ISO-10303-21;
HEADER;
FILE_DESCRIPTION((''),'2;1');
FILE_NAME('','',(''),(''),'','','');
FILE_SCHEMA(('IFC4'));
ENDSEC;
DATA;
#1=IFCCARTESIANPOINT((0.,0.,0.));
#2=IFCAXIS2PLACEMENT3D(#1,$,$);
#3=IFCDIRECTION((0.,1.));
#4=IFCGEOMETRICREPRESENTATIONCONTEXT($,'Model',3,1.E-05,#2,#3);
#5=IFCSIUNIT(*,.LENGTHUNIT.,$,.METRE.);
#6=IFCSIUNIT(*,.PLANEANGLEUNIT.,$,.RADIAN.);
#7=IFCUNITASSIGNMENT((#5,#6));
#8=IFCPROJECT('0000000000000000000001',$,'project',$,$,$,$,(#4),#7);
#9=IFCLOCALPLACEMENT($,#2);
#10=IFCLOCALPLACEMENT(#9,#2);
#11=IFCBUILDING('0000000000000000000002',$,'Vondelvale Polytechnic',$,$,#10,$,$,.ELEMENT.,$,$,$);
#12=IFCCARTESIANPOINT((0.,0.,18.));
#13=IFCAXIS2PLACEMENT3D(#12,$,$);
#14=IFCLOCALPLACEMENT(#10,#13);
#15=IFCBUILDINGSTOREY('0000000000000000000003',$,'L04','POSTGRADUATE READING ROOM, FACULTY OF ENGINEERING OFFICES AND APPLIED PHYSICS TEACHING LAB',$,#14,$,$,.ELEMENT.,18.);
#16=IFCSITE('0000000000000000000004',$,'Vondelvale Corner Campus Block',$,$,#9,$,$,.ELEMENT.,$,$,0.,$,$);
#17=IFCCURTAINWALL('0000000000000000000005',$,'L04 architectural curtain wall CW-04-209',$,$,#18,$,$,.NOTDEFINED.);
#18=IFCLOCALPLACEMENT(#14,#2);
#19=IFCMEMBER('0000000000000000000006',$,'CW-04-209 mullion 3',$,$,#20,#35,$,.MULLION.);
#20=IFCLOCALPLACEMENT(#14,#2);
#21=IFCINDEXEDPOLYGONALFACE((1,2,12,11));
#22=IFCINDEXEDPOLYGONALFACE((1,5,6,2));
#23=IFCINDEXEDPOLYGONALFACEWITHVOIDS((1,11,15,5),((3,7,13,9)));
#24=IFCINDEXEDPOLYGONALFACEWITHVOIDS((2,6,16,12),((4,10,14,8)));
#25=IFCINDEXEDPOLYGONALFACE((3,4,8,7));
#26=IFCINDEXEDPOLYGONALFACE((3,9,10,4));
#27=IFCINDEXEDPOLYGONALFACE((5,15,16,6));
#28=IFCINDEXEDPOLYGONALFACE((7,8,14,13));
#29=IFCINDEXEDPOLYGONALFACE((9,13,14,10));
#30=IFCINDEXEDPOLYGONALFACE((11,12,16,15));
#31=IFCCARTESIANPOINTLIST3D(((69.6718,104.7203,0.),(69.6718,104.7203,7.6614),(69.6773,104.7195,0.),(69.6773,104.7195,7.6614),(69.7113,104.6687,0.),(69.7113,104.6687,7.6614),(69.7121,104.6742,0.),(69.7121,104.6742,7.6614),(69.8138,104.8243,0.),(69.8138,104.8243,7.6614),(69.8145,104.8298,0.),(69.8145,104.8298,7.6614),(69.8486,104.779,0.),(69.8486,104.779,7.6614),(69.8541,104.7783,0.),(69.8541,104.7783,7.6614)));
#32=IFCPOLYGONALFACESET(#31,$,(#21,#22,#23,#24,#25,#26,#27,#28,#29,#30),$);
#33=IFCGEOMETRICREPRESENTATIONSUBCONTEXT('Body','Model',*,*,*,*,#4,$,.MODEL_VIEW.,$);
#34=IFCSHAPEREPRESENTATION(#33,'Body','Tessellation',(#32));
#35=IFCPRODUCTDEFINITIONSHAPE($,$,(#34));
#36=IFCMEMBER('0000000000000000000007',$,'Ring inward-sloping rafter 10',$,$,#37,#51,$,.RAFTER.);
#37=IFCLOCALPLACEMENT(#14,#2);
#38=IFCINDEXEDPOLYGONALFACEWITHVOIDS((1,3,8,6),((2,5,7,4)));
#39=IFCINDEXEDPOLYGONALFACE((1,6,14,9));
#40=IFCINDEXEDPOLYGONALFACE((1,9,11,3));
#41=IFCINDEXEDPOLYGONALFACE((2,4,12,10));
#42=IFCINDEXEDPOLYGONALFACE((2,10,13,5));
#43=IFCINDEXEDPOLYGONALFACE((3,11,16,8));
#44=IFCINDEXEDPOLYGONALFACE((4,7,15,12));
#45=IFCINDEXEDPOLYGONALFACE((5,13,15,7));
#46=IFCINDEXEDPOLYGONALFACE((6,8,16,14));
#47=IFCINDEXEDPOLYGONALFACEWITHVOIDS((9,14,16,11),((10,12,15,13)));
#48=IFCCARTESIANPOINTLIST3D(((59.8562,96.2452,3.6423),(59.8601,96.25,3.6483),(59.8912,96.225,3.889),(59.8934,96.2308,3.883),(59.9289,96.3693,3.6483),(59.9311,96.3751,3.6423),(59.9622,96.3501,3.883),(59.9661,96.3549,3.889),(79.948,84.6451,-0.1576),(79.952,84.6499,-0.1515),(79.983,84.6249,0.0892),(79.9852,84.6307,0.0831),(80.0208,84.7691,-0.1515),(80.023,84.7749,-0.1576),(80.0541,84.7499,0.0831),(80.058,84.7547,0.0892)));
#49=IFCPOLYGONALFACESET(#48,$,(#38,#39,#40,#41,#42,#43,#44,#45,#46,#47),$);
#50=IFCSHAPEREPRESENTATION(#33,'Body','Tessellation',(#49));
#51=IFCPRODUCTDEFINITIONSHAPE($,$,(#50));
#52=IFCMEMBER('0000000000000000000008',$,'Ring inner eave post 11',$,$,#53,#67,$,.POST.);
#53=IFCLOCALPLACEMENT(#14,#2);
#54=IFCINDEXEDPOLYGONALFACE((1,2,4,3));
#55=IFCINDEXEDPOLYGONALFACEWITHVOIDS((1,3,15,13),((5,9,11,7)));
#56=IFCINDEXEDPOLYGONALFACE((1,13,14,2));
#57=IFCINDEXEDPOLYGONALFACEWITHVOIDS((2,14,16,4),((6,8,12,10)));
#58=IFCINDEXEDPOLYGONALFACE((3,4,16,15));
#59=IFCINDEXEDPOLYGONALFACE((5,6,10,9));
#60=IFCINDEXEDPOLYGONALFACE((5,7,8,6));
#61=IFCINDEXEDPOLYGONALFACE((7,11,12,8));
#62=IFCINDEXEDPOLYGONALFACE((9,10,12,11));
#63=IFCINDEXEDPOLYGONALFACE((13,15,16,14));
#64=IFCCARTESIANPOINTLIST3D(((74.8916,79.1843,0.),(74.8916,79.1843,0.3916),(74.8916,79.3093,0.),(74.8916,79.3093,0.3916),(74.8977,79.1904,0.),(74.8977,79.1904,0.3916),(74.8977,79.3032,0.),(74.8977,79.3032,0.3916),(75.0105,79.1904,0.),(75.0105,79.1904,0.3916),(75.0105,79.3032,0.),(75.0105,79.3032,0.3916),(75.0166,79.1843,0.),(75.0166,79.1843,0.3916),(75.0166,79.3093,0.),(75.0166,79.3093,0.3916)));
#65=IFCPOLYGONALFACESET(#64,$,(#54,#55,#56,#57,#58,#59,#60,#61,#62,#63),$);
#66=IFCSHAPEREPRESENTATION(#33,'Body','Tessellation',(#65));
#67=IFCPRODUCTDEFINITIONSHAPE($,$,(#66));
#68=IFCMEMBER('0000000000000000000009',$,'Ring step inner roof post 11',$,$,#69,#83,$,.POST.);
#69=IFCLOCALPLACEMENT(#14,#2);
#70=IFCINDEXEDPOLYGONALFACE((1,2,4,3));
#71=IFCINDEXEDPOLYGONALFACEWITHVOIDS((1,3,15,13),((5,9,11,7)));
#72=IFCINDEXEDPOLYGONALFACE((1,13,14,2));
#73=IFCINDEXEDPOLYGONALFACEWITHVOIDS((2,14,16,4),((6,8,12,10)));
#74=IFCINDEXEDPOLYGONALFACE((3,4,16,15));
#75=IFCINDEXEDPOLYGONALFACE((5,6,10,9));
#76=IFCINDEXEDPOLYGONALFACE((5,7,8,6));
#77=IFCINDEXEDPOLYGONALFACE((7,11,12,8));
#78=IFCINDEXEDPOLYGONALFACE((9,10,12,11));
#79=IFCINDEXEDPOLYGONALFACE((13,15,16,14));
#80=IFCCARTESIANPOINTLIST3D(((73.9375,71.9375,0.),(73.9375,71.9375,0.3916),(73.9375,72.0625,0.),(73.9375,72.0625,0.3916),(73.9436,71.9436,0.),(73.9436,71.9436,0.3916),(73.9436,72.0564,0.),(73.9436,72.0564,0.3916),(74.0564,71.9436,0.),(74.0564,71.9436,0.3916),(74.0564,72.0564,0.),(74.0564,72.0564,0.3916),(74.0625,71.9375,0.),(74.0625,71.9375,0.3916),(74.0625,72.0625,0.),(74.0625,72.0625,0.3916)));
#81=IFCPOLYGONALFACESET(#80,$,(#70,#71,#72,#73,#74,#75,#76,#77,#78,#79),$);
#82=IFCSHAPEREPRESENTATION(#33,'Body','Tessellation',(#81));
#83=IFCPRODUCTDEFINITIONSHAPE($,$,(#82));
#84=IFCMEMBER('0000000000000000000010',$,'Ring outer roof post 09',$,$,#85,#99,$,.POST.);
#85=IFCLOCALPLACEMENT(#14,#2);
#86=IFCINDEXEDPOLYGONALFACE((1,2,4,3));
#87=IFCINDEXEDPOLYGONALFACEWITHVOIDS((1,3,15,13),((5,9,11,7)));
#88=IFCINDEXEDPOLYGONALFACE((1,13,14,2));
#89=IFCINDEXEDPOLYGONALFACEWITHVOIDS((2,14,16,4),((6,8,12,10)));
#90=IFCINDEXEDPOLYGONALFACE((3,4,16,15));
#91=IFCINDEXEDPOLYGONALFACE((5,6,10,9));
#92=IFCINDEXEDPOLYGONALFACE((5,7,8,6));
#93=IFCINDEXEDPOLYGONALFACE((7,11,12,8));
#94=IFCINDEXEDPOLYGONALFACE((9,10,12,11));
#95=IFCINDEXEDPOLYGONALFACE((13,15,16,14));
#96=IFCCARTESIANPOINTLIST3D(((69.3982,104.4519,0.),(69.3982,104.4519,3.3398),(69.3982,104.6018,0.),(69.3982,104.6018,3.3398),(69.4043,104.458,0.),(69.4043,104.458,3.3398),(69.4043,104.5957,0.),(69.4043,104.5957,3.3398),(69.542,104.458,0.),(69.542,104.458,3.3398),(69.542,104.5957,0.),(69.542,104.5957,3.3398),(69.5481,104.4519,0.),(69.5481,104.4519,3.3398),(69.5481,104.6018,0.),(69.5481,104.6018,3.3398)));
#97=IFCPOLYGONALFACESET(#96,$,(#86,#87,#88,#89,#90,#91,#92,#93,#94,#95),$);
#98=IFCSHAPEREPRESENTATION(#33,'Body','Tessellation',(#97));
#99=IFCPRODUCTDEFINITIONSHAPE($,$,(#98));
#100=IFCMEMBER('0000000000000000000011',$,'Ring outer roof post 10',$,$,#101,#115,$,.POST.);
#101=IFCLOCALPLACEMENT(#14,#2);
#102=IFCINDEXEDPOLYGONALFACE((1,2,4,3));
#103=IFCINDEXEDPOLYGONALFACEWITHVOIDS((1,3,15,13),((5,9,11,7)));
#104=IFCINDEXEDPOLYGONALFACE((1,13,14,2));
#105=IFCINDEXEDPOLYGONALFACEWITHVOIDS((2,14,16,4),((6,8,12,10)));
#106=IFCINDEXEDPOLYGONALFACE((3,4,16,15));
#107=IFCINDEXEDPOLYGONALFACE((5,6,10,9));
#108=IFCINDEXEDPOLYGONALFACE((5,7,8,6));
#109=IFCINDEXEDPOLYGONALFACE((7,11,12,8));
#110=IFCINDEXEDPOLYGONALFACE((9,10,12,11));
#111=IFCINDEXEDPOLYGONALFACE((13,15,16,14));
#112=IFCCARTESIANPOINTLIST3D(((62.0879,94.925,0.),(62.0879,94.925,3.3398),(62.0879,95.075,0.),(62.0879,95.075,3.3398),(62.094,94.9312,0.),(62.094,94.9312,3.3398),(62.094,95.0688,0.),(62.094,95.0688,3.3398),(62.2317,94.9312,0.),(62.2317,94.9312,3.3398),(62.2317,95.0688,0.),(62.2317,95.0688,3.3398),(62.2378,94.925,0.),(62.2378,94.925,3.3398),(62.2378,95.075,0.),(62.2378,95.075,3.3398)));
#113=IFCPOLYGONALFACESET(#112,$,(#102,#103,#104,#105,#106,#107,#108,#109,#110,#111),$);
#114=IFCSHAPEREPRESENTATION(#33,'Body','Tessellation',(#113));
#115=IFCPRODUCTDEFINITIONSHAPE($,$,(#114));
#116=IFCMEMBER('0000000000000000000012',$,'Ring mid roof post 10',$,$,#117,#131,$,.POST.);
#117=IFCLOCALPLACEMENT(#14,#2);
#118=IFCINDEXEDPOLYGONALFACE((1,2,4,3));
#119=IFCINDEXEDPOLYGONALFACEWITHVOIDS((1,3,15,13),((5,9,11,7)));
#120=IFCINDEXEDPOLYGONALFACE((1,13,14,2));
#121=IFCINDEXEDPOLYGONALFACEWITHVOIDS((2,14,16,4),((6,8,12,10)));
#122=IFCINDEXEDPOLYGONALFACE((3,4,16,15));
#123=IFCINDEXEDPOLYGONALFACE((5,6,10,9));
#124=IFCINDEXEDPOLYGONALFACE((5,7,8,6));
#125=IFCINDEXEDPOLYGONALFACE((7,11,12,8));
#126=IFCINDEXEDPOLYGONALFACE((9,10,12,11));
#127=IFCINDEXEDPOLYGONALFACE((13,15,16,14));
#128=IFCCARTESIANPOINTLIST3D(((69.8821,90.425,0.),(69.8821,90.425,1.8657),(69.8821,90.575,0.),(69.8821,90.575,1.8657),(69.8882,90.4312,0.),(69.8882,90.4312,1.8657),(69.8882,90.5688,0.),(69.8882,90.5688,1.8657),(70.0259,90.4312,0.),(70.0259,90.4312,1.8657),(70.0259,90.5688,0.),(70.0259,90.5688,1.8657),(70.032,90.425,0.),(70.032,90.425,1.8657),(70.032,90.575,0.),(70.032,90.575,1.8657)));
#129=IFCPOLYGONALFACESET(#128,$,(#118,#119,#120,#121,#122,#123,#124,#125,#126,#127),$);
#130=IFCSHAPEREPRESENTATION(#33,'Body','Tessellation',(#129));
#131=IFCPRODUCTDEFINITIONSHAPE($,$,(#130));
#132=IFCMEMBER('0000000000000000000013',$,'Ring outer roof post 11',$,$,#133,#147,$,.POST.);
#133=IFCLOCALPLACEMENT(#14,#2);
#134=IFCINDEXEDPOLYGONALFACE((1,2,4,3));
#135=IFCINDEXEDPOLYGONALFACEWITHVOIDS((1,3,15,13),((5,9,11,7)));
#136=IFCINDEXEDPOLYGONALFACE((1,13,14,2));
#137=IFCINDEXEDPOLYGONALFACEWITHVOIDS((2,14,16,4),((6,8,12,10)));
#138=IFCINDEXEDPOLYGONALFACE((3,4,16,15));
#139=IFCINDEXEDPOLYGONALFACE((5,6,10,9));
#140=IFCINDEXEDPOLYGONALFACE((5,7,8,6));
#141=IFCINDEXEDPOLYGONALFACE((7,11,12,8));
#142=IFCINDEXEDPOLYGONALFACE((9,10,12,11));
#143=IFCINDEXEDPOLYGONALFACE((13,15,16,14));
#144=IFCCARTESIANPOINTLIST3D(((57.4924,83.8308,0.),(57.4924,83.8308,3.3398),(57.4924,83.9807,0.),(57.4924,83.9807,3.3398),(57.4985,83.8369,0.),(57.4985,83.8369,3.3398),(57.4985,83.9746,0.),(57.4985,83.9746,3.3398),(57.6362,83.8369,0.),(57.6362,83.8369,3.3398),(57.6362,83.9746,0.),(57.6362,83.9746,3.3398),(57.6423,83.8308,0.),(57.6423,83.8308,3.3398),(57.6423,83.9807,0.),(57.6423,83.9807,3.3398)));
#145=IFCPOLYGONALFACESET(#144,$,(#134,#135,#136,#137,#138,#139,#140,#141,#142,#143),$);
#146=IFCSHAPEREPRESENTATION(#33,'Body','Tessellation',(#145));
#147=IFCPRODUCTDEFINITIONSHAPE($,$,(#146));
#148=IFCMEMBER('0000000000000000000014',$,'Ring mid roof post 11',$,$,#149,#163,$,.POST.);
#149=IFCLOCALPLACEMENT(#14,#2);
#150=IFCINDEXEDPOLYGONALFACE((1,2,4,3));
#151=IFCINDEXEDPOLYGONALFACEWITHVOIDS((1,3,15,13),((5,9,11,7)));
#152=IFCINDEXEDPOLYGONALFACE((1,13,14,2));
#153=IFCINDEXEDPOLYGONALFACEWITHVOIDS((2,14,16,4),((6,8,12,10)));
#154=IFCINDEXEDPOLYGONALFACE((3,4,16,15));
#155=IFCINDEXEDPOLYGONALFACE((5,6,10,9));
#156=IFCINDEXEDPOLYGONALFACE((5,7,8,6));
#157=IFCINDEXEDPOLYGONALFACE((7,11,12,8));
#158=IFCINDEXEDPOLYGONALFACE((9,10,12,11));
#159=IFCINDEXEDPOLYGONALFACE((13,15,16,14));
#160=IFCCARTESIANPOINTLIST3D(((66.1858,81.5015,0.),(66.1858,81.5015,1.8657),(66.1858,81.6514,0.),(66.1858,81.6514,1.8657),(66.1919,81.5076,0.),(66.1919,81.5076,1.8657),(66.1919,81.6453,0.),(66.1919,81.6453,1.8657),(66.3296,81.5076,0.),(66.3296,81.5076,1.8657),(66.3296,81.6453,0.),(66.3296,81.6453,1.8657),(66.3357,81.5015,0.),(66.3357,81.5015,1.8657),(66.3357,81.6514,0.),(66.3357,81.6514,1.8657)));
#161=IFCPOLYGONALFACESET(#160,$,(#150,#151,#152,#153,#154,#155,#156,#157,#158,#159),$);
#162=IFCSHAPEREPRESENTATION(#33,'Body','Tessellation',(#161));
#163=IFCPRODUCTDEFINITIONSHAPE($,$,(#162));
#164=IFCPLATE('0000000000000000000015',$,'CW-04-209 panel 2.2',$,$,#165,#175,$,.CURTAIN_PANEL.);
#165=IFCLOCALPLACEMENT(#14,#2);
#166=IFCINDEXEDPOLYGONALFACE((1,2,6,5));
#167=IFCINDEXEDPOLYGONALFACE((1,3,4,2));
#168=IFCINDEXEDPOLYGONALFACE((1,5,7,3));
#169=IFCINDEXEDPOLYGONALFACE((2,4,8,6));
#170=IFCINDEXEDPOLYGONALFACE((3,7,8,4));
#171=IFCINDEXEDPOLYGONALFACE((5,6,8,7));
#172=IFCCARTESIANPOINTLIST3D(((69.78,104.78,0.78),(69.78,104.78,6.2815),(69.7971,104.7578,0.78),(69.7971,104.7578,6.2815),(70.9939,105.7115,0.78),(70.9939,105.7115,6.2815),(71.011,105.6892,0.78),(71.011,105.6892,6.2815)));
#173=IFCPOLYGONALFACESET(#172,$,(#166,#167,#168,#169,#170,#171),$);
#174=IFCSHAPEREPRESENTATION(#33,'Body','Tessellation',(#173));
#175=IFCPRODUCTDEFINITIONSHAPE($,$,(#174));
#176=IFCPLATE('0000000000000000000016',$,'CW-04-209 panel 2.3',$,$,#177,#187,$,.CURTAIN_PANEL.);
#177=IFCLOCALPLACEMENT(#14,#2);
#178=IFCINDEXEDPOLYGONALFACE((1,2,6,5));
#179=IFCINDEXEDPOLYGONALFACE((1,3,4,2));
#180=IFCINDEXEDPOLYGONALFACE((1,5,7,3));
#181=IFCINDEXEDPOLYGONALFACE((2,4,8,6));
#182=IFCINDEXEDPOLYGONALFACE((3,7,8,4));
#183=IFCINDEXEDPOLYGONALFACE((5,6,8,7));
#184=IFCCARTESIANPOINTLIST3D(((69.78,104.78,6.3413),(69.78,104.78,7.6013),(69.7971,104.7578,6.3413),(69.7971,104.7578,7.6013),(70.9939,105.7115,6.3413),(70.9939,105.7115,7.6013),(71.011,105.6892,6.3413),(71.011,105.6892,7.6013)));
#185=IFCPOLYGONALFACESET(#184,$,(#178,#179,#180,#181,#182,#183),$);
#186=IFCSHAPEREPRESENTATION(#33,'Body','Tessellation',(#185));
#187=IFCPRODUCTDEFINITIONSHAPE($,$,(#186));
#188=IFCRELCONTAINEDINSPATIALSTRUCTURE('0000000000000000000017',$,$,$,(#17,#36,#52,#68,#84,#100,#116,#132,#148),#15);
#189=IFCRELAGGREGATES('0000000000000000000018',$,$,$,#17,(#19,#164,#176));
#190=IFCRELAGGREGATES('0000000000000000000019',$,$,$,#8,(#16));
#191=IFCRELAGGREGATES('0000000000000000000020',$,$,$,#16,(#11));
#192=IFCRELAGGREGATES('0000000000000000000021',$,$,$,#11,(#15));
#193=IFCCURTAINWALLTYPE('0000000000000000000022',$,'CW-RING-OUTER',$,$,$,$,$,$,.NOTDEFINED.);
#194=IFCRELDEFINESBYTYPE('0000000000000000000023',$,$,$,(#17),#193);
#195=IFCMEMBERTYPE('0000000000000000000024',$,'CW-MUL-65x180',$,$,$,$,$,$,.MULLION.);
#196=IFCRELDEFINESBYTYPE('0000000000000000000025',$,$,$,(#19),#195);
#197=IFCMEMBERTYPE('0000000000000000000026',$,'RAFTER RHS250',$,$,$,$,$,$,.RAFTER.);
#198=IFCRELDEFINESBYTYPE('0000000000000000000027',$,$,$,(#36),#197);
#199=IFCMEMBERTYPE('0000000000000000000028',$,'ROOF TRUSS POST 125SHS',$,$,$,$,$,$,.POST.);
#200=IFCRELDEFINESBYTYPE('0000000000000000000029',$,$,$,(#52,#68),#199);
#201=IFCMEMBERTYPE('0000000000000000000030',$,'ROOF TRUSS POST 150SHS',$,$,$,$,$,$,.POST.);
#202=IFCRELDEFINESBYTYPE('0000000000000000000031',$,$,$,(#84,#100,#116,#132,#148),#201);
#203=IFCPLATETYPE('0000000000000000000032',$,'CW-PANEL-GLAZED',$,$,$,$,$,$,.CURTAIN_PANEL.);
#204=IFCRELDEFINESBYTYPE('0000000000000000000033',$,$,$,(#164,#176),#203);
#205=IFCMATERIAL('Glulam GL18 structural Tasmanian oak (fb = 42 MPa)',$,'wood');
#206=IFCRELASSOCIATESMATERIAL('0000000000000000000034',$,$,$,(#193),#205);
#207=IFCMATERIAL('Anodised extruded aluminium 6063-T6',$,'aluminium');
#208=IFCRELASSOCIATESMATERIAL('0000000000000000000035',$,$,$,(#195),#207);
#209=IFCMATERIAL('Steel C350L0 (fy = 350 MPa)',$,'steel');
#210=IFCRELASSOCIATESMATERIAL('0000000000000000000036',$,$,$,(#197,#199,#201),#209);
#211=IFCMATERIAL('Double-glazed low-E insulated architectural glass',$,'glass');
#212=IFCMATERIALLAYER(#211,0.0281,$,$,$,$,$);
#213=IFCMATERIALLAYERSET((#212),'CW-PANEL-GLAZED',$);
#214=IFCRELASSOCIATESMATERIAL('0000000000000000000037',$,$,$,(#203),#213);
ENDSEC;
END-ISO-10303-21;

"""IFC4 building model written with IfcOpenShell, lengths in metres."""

from ifc_helpers import new_model, si_unit, direction, frame, origin, origin_2d, place, context, subcontext, project, spatial, rectangle, hollow_rectangle, extrude, material, layer, layer_set, material_profile, profile_set, type_object, element, aggregate, save


model = new_model("IFC4")

# Units and contexts
model_context = context("Model", 3, precision=1e-05, world=origin(), true_north=direction((0.0, 1.0)))
body_context = subcontext(model_context, "Body", "Model", "MODEL_VIEW")
ifc_project = project(units=[si_unit("LENGTHUNIT", "METRE"), si_unit("PLANEANGLEUNIT", "RADIAN")], contexts=[model_context])

# Site, building, storey
site_placement = place(None, origin())
site = spatial("IfcSite", under=ifc_project, at=site_placement, Name="Vondelvale Corner Campus Block", CompositionType="ELEMENT", RefElevation=0.0)
building_placement = place(site_placement, origin())
building = spatial("IfcBuilding", under=site, at=building_placement, Name="Vondelvale Polytechnic", CompositionType="ELEMENT")
storey_placement = place(building_placement, frame((0.0, 0.0, 18.0)))
storey = spatial("IfcBuildingStorey", under=building, at=storey_placement, Name="L04", Description="POSTGRADUATE READING ROOM, FACULTY OF ENGINEERING OFFICES AND APPLIED PHYSICS TEACHING LAB", CompositionType="ELEMENT", Elevation=18.0)

# Curtain wall, member
ifc_material_1 = material(Name="Glulam GL18 structural Tasmanian oak (fb = 42 MPa)", Category="wood")
curtain_wall_type = type_object("IfcCurtainWallType", Name="CW-RING-OUTER", PredefinedType="NOTDEFINED", material=ifc_material_1)
curtain_wall_placement = place(storey_placement, origin())
curtain_wall = element("IfcCurtainWall", 1, at=curtain_wall_placement, inside=storey, type_object=curtain_wall_type, Name="L04 architectural curtain wall CW-04-209", PredefinedType="NOTDEFINED")
ifc_material_2 = material(Name="Anodised extruded aluminium 6063-T6", Category="aluminium")
ifc_material_profile_1 = material_profile(ifc_material_2, hollow_rectangle(XDim=0.0649, YDim=0.1799, WallThickness=0.0039, at=origin_2d()), Name="CW-MUL-180x65")
ifc_profile_set_1 = profile_set([ifc_material_profile_1], Name="Anodised extruded aluminium 6063-T6")
member_type_1 = type_object("IfcMemberType", Name="CW-MUL-65x180", PredefinedType="MULLION", material=ifc_profile_set_1)
member_1_placement = place(storey_placement, frame((69.7629, 104.7493, 0.0), z_axis=(0.0, 0.0, 1.0), x_axis=(0.608787, -0.793334, 0.0)))
member_1 = element("IfcMember", 2, at=member_1_placement, type_object=member_type_1, Name="CW-04-209 mullion 3", PredefinedType="MULLION", context=body_context, shape_type="SweptSolid", body=[
    extrude(hollow_rectangle(XDim=0.0649, YDim=0.1799, WallThickness=0.0039, at=origin_2d()), origin(), (0.0, 0.0, 1.0), 7.6614),
])

# Members
ifc_material_3 = material(Name="Steel C350L0 (fy = 350 MPa)", Category="steel")
ifc_material_profile_2 = material_profile(ifc_material_3, hollow_rectangle(XDim=0.1499, YDim=0.25, WallThickness=0.0061, at=origin_2d()), Name="250x150x6.0RHS")
ifc_profile_set_2 = profile_set([ifc_material_profile_2], Name="Steel C350L0 (fy = 350 MPa)")
member_type_2 = type_object("IfcMemberType", Name="RAFTER RHS250", PredefinedType="RAFTER", material=ifc_profile_set_2)
member_2_placement = place(storey_placement, frame((59.9111, 96.3, 3.7656), z_axis=(0.854637, -0.493429, -0.161631), x_axis=(0.500003, 0.866024, 0.0)))
element("IfcMember", 3, at=member_2_placement, inside=storey, type_object=member_type_2, Name="Ring inward-sloping rafter 10", PredefinedType="RAFTER", context=body_context, shape_type="SweptSolid", body=[
    extrude(hollow_rectangle(XDim=0.1499, YDim=0.25, WallThickness=0.0061, at=origin_2d()), origin(), (0.0, 0.0, 1.0), 23.5093),
])
ifc_material_profile_3 = material_profile(ifc_material_3, hollow_rectangle(XDim=0.125, YDim=0.125, WallThickness=0.0061, at=origin_2d()), Name="125x125x6.0SHS")
ifc_profile_set_3 = profile_set([ifc_material_profile_3], Name="Steel C350L0 (fy = 350 MPa)")
member_type_3 = type_object("IfcMemberType", Name="ROOF TRUSS POST 125SHS", PredefinedType="POST", material=ifc_profile_set_3)
for number, where, z_axis, x_axis, name in (
    (4, (74.9541, 79.2468, 0.0), (0.0, 0.0, 1.0), (1.0, 0.0, 0.0), "Ring inner eave post 11"),
    (5, (74.0, 72.0, 0.0), (0.0, 0.0, 1.0), (1.0, 0.0, 0.0), "Ring step inner roof post 11"),
):
    element("IfcMember", number, at=place(storey_placement, frame(where, z_axis=z_axis, x_axis=x_axis)), inside=storey, type_object=member_type_3, Name=name, PredefinedType="POST", context=body_context, shape_type="SweptSolid", body=[
        extrude(hollow_rectangle(XDim=0.125, YDim=0.125, WallThickness=0.0061, at=origin_2d()), origin(), (0.0, 0.0, 1.0), 0.3916),
    ])
ifc_material_profile_4 = material_profile(ifc_material_3, hollow_rectangle(XDim=0.1499, YDim=0.1499, WallThickness=0.0061, at=origin_2d()), Name="150x150x6.0SHS")
ifc_profile_set_4 = profile_set([ifc_material_profile_4], Name="Steel C350L0 (fy = 350 MPa)")
member_type_4 = type_object("IfcMemberType", Name="ROOF TRUSS POST 150SHS", PredefinedType="POST", material=ifc_profile_set_4)
for number, where, z_axis, x_axis, name in (
    (6, (69.4731, 104.5269, 0.0), (0.0, 0.0, 1.0), (1.0, 0.0, 0.0), "Ring outer roof post 09"),
    (7, (62.1628, 95.0, 0.0), (0.0, 0.0, 1.0), (1.0, 0.0, 0.0), "Ring outer roof post 10"),
):
    element("IfcMember", number, at=place(storey_placement, frame(where, z_axis=z_axis, x_axis=x_axis)), inside=storey, type_object=member_type_4, Name=name, PredefinedType="POST", context=body_context, shape_type="SweptSolid", body=[
        extrude(hollow_rectangle(XDim=0.1499, YDim=0.1499, WallThickness=0.0061, at=origin_2d()), origin(), (0.0, 0.0, 1.0), 3.3398),
    ])
member_3_placement = place(storey_placement, frame((69.957, 90.5, 0.0), z_axis=(0.0, 0.0, 1.0), x_axis=(1.0, 0.0, 0.0)))
element("IfcMember", 8, at=member_3_placement, inside=storey, type_object=member_type_4, Name="Ring mid roof post 10", PredefinedType="POST", context=body_context, shape_type="SweptSolid", body=[
    extrude(hollow_rectangle(XDim=0.1499, YDim=0.1499, WallThickness=0.0061, at=origin_2d()), origin(), (0.0, 0.0, 1.0), 1.8657),
])
member_4_placement = place(storey_placement, frame((57.5674, 83.9058, 0.0), z_axis=(0.0, 0.0, 1.0), x_axis=(1.0, 0.0, 0.0)))
element("IfcMember", 9, at=member_4_placement, inside=storey, type_object=member_type_4, Name="Ring outer roof post 11", PredefinedType="POST", context=body_context, shape_type="SweptSolid", body=[
    extrude(hollow_rectangle(XDim=0.1499, YDim=0.1499, WallThickness=0.0061, at=origin_2d()), origin(), (0.0, 0.0, 1.0), 3.3398),
])
member_5_placement = place(storey_placement, frame((66.2607, 81.5764, 0.0), z_axis=(0.0, 0.0, 1.0), x_axis=(1.0, 0.0, 0.0)))
element("IfcMember", 10, at=member_5_placement, inside=storey, type_object=member_type_4, Name="Ring mid roof post 11", PredefinedType="POST", context=body_context, shape_type="SweptSolid", body=[
    extrude(hollow_rectangle(XDim=0.1499, YDim=0.1499, WallThickness=0.0061, at=origin_2d()), origin(), (0.0, 0.0, 1.0), 1.8657),
])

# Plates
ifc_material_4 = material(Name="Double-glazed low-E insulated architectural glass", Category="glass")
ifc_layer_1 = layer(ifc_material_4, 0.0281)
ifc_layer_set_1 = layer_set([ifc_layer_1], Name="CW-PANEL-GLAZED")
plate_type_1 = type_object("IfcPlateType", Name="CW-PANEL-GLAZED", PredefinedType="CURTAIN_PANEL", material=ifc_layer_set_1)
plate_1_placement = place(storey_placement, frame((70.3955, 105.2346, 0.78), z_axis=(0.0, 0.0, 1.0), x_axis=(-0.793334, -0.608787, 0.0)))
plate_1 = element("IfcPlate", 11, at=plate_1_placement, type_object=plate_type_1, Name="CW-04-209 panel 2.2", PredefinedType="CURTAIN_PANEL", context=body_context, shape_type="SweptSolid", body=[
    extrude(rectangle(XDim=1.53, YDim=0.0281, at=origin_2d()), origin(), (0.0, 0.0, 1.0), 5.5015),
])
plate_2_placement = place(storey_placement, frame((70.3955, 105.2346, 6.3413), z_axis=(0.0, 0.0, 1.0), x_axis=(-0.793334, -0.608787, 0.0)))
plate_2 = element("IfcPlate", 12, at=plate_2_placement, type_object=plate_type_1, Name="CW-04-209 panel 2.3", PredefinedType="CURTAIN_PANEL", context=body_context, shape_type="SweptSolid", body=[
    extrude(rectangle(XDim=1.53, YDim=0.0281, at=origin_2d()), origin(), (0.0, 0.0, 1.0), 1.26),
])
aggregate(curtain_wall, [member_1, plate_1, plate_2])

save(model, "model.ifc")
